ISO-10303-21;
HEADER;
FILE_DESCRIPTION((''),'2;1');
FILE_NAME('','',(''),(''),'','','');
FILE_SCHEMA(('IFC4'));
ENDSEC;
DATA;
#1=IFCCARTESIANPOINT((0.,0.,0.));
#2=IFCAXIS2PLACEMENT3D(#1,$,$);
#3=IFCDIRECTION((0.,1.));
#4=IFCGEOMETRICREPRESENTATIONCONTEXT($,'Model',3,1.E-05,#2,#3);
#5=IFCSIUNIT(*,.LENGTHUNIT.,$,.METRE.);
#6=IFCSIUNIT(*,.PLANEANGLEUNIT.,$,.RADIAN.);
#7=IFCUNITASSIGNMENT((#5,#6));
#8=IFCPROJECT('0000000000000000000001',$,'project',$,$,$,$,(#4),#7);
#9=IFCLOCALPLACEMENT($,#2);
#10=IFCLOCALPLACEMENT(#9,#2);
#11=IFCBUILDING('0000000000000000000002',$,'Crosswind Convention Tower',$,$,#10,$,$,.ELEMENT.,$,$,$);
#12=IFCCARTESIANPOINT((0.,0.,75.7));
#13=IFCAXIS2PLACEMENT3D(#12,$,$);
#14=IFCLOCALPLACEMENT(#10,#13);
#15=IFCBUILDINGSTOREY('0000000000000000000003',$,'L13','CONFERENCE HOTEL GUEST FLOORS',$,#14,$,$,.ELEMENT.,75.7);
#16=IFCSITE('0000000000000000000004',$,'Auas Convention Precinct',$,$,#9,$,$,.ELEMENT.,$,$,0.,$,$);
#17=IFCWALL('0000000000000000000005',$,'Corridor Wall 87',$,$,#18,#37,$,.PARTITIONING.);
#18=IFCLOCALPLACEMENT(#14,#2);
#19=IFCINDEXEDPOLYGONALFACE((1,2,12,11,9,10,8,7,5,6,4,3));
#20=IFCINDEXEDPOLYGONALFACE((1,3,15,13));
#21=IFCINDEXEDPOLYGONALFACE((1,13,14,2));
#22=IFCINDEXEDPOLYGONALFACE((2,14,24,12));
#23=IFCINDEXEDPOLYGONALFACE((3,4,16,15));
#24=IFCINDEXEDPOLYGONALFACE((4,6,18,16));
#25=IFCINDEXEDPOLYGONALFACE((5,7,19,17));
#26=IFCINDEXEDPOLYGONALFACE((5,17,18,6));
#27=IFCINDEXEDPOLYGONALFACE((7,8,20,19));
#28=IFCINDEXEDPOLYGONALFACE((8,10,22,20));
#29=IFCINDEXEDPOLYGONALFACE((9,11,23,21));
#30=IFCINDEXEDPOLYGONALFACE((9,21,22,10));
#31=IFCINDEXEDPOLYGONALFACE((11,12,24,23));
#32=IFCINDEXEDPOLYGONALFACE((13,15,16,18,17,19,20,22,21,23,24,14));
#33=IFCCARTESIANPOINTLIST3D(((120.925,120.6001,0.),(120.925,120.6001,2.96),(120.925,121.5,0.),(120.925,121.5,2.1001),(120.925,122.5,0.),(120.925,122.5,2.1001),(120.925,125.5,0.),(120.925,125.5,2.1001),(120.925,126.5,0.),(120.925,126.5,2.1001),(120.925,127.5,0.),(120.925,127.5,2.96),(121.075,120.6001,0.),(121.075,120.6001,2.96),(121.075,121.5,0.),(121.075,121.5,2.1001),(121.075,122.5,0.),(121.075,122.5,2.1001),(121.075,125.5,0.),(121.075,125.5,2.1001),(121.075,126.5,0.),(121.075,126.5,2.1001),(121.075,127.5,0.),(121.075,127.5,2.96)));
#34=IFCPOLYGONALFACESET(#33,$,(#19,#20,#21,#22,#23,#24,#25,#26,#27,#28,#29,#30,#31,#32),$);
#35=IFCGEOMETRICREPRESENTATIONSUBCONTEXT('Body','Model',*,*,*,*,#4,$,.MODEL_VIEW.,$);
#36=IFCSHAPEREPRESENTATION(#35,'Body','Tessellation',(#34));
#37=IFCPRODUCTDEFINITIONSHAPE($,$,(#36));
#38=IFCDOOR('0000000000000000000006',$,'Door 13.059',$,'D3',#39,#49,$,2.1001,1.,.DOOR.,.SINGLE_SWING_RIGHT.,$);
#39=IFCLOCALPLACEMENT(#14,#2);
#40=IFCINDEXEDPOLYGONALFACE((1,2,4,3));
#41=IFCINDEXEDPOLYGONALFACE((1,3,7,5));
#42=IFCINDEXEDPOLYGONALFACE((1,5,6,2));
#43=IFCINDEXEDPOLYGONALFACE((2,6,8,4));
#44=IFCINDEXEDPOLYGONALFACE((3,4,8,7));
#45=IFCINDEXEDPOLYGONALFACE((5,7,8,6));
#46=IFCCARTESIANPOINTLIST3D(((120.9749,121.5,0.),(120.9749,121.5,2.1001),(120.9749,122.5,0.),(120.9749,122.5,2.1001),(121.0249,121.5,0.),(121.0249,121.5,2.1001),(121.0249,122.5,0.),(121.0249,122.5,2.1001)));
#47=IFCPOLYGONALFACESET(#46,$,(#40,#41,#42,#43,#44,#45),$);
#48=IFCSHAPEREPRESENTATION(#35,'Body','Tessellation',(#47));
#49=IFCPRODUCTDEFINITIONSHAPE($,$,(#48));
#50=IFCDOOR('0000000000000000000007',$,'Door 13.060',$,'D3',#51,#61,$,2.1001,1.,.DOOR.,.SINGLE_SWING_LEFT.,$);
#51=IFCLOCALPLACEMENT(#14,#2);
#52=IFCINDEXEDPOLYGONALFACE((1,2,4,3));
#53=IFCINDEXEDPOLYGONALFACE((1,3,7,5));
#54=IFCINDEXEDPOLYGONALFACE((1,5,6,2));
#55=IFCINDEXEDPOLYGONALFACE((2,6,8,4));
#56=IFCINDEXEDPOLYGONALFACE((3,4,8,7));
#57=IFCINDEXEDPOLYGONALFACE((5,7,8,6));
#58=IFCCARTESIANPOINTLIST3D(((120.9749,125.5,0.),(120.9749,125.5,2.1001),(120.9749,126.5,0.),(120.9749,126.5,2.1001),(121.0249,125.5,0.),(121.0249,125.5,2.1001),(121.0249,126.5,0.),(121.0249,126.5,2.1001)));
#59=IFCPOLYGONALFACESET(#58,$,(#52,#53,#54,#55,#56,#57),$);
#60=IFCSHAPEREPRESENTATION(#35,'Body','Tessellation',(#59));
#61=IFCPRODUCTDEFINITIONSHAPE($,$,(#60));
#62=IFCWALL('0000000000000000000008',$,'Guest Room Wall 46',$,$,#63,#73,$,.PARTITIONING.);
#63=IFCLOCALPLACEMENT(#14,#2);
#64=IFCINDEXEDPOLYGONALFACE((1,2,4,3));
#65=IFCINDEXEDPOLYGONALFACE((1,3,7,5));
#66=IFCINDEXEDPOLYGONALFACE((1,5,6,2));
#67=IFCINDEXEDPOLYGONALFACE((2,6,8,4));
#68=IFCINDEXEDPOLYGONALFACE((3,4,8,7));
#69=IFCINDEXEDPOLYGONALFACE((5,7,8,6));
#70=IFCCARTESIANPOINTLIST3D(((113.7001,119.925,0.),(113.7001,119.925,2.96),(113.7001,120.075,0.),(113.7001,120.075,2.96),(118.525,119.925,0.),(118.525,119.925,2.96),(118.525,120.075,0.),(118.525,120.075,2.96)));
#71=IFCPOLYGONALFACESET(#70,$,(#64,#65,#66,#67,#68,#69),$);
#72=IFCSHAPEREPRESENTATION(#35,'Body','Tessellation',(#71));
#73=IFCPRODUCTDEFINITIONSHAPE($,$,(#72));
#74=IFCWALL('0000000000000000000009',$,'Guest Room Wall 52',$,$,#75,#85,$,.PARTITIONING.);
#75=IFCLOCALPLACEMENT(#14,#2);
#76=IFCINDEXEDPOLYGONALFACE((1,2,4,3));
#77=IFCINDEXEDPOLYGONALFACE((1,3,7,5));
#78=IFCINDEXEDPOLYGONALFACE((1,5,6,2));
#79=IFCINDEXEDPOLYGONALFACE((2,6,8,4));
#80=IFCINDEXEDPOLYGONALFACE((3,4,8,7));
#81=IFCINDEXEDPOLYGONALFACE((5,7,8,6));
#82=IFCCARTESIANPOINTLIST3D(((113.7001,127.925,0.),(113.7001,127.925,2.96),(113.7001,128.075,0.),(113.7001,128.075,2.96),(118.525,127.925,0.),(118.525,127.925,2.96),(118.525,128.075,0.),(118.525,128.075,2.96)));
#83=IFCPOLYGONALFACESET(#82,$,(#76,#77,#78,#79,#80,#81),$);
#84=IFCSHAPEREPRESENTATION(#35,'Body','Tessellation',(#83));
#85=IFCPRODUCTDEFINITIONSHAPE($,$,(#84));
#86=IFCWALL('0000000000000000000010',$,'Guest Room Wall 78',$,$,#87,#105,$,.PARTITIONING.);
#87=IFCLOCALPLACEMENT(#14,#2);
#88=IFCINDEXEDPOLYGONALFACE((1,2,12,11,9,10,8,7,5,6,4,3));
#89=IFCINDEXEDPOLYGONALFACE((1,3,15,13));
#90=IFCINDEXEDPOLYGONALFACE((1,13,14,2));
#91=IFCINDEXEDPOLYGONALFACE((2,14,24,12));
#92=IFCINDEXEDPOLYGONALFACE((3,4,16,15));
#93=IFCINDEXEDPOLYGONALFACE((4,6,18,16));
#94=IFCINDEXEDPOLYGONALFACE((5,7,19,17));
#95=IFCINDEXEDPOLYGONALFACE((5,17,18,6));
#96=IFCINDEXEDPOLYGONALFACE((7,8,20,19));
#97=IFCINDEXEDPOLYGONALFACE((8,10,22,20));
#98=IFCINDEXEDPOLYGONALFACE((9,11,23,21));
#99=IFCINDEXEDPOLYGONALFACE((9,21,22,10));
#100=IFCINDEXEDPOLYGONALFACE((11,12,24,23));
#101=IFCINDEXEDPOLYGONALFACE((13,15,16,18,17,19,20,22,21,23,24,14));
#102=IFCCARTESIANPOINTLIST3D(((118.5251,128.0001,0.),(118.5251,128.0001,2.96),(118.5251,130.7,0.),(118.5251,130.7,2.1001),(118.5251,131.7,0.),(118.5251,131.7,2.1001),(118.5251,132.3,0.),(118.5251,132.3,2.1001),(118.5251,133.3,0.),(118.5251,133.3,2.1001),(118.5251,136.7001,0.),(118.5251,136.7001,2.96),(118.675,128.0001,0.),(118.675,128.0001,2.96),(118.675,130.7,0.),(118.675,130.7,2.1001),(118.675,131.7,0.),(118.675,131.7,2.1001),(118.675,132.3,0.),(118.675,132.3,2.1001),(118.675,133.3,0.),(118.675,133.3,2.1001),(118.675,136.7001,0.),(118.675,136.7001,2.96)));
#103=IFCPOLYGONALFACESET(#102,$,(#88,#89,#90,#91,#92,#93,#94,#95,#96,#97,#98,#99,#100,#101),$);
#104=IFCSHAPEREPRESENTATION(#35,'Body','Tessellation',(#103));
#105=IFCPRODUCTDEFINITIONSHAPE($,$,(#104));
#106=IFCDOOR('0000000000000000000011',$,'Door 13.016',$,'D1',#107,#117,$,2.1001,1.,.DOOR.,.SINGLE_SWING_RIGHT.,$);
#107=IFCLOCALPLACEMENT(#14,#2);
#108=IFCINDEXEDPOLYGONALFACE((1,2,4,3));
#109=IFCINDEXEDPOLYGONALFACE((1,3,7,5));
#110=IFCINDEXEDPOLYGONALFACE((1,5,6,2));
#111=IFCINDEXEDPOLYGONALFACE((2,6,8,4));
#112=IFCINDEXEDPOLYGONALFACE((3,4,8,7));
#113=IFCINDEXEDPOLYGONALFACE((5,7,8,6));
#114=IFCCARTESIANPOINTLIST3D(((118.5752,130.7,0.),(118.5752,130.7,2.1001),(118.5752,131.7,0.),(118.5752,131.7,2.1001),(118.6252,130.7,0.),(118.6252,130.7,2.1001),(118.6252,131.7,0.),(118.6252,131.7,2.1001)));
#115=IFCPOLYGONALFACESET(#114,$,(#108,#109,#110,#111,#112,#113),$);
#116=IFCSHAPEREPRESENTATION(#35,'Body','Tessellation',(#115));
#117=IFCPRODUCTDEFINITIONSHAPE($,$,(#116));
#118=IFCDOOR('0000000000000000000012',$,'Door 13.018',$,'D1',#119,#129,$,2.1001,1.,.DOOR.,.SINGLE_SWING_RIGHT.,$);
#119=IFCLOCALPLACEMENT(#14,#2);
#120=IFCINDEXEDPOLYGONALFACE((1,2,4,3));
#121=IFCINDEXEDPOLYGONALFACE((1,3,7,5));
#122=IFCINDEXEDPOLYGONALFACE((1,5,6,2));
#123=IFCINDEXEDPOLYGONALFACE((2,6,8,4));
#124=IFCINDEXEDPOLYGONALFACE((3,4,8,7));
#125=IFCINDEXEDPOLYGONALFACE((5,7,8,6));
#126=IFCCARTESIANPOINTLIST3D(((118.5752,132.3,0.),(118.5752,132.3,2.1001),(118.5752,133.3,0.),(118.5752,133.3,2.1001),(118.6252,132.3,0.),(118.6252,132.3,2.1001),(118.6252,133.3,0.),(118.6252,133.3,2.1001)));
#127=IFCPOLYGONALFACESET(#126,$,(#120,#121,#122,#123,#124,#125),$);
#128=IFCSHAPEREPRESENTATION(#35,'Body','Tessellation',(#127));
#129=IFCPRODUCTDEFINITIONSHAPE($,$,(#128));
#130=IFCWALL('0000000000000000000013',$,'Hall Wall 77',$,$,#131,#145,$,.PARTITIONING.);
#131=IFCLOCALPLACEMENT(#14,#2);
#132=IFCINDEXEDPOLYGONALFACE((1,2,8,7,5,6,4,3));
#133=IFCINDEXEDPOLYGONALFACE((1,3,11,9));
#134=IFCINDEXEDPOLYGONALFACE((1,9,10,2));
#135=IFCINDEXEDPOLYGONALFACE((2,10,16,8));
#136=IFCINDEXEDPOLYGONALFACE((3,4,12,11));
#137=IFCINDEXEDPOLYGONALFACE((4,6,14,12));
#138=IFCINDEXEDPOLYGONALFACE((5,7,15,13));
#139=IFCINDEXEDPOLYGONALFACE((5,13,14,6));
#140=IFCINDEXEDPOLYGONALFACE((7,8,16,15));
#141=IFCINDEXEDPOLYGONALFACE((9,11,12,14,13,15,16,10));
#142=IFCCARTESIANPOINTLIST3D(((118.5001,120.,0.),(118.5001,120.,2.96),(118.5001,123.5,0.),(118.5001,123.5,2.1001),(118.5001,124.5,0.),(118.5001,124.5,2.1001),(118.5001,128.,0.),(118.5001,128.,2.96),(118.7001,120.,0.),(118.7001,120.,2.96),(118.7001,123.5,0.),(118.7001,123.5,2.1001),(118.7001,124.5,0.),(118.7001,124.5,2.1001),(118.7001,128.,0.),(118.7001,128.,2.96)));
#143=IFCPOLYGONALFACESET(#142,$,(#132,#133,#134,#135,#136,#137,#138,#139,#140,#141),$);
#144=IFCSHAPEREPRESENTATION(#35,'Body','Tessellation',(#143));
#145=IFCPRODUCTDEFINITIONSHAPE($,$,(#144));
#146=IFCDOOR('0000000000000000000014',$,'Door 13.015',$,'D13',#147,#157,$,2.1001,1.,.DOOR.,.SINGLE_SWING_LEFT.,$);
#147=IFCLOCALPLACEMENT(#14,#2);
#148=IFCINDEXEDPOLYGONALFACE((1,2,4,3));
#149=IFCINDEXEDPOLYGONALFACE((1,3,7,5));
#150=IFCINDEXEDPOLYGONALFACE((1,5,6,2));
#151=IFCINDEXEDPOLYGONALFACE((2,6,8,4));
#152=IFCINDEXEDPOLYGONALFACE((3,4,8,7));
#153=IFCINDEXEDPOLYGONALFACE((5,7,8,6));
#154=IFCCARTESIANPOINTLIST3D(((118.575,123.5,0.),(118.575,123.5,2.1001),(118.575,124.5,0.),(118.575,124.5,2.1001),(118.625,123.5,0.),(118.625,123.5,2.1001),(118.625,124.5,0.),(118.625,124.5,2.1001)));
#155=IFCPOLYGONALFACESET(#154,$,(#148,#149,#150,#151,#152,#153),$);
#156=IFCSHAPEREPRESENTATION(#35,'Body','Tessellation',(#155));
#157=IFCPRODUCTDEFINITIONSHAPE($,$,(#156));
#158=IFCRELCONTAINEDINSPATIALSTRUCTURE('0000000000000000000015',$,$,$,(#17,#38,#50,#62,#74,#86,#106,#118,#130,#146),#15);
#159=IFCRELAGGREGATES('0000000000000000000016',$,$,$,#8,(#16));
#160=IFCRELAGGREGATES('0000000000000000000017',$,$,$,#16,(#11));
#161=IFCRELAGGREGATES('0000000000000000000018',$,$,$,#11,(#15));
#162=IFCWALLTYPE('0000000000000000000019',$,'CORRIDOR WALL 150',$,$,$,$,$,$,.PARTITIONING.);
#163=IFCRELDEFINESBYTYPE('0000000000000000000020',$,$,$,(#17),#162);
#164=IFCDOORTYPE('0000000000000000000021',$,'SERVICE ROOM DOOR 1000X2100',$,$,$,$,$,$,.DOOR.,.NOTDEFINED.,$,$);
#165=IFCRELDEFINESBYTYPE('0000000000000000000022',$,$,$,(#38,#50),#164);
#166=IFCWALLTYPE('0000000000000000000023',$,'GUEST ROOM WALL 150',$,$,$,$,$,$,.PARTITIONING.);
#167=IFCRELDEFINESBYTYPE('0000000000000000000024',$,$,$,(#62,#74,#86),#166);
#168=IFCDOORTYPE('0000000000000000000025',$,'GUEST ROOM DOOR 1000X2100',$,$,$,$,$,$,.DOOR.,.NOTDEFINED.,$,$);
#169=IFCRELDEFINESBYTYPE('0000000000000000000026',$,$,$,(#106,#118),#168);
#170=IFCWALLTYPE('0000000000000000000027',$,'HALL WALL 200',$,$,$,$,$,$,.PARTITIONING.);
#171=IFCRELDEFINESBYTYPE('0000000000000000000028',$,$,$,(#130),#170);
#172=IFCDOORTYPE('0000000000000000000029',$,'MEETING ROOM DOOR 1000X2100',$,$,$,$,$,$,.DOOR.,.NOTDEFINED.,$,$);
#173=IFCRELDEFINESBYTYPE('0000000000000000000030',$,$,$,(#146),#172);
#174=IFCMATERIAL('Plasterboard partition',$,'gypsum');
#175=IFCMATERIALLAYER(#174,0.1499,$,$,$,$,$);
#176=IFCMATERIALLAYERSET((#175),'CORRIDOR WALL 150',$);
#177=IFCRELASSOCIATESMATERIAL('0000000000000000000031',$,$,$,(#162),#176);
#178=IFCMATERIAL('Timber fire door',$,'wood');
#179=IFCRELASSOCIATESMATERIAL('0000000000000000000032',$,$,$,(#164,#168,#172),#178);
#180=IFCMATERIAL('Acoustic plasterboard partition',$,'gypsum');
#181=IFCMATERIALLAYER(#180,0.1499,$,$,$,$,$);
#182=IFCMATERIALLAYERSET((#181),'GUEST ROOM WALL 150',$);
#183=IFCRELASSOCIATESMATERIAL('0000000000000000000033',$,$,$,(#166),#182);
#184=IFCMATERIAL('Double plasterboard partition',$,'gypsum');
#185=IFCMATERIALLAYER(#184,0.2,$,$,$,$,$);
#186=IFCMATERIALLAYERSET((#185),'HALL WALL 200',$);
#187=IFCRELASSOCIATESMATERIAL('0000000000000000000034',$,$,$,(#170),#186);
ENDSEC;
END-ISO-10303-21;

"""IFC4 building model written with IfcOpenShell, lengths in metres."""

from ifc_helpers import new_model, si_unit, direction, frame, frame_2d, origin, place, context, subcontext, project, spatial, rectangle, extrude, material, layer, layer_set, type_object, element, fill, save


model = new_model("IFC4")

# Units and contexts
model_context = context("Model", 3, precision=1e-05, world=origin(), true_north=direction((0.0, 1.0)))
body_context = subcontext(model_context, "Body", "Model", "MODEL_VIEW")
ifc_project = project(units=[si_unit("LENGTHUNIT", "METRE"), si_unit("PLANEANGLEUNIT", "RADIAN")], contexts=[model_context])

# Site, building, storey
site_placement = place(None, origin())
site = spatial("IfcSite", under=ifc_project, at=site_placement, Name="Auas Convention Precinct", CompositionType="ELEMENT", RefElevation=0.0)
building_placement = place(site_placement, origin())
building = spatial("IfcBuilding", under=site, at=building_placement, Name="Crosswind Convention Tower", CompositionType="ELEMENT")
storey_placement = place(building_placement, frame((0.0, 0.0, 75.7)))
storey = spatial("IfcBuildingStorey", under=building, at=storey_placement, Name="L13", Description="CONFERENCE HOTEL GUEST FLOORS", CompositionType="ELEMENT", Elevation=75.7)

# Wall, openings, doors
ifc_material_1 = material(Name="Plasterboard partition", Category="gypsum")
ifc_layer_1 = layer(ifc_material_1, 0.1499)
ifc_layer_set_1 = layer_set([ifc_layer_1], Name="CORRIDOR WALL 150")
wall_type_1 = type_object("IfcWallType", Name="CORRIDOR WALL 150", PredefinedType="PARTITIONING", material=ifc_layer_set_1)
wall_1_placement = place(storey_placement, frame((121.0, 120.6001, 0.0), z_axis=(0.0, 0.0, 1.0), x_axis=(0.0, 1.0, 0.0)))
wall_1 = element("IfcWall", 1, at=wall_1_placement, inside=storey, type_object=wall_type_1, Name="Corridor Wall 87", PredefinedType="PARTITIONING", context=body_context, shape_type="SweptSolid", body=[
    extrude(rectangle(XDim=6.8999, YDim=0.1499, at=frame_2d((3.45, 0.0))), origin(), (0.0, 0.0, 1.0), 2.96),
])
opening_1_placement = place(wall_1_placement, frame((0.8999, 0.0, 0.0)))
opening_1 = element("IfcOpeningElement", 2, at=opening_1_placement, cuts=wall_1, PredefinedType="OPENING", context=body_context, shape_type="SweptSolid", body=[
    extrude(rectangle(XDim=1.0, YDim=2.1001, at=frame_2d((0.5, 1.05))), frame((0.0, 0.085, 0.0), z_axis=(0.0, -1.0, 0.0), x_axis=(1.0, 0.0, 0.0)), (0.0, 0.0, 1.0), 0.1699),
])
opening_2_placement = place(wall_1_placement, frame((4.8999, 0.0, 0.0)))
opening_2 = element("IfcOpeningElement", 3, at=opening_2_placement, cuts=wall_1, PredefinedType="OPENING", context=body_context, shape_type="SweptSolid", body=[
    extrude(rectangle(XDim=1.0, YDim=2.1001, at=frame_2d((0.5, 1.05))), frame((0.0, 0.085, 0.0), z_axis=(0.0, -1.0, 0.0), x_axis=(1.0, 0.0, 0.0)), (0.0, 0.0, 1.0), 0.1699),
])
ifc_material_2 = material(Name="Timber fire door", Category="wood")
door_type_1 = type_object("IfcDoorType", Name="SERVICE ROOM DOOR 1000X2100", OperationType="NOTDEFINED", PredefinedType="DOOR", material=ifc_material_2)
door_1_placement = place(opening_1_placement, frame((1.0, 0.0, 0.0), z_axis=(0.0, 0.0, 1.0), x_axis=(-1.0, 0.0, 0.0)))
door_1 = element("IfcDoor", 4, at=door_1_placement, inside=storey, type_object=door_type_1, Name="Door 13.059", ObjectType="D3", OperationType="SINGLE_SWING_RIGHT", OverallHeight=2.1001, OverallWidth=1.0, PredefinedType="DOOR", context=body_context, shape_type="SweptSolid", body=[
    extrude(rectangle(XDim=1.0, YDim=2.1001, at=frame_2d((0.5, 1.05))), frame((0.0, 0.0249, 0.0), z_axis=(0.0, -1.0, 0.0), x_axis=(1.0, 0.0, 0.0)), (0.0, 0.0, 1.0), 0.05),
])
fill(opening_1, door_1)
door_2_placement = place(opening_2_placement, frame((1.0, 0.0, 0.0), z_axis=(0.0, 0.0, 1.0), x_axis=(-1.0, 0.0, 0.0)))
door_2 = element("IfcDoor", 5, at=door_2_placement, inside=storey, type_object=door_type_1, Name="Door 13.060", ObjectType="D3", OperationType="SINGLE_SWING_LEFT", OverallHeight=2.1001, OverallWidth=1.0, PredefinedType="DOOR", context=body_context, shape_type="SweptSolid", body=[
    extrude(rectangle(XDim=1.0, YDim=2.1001, at=frame_2d((0.5, 1.05))), frame((0.0, 0.0249, 0.0), z_axis=(0.0, -1.0, 0.0), x_axis=(1.0, 0.0, 0.0)), (0.0, 0.0, 1.0), 0.05),
])
fill(opening_2, door_2)

# Walls
ifc_material_3 = material(Name="Acoustic plasterboard partition", Category="gypsum")
ifc_layer_2 = layer(ifc_material_3, 0.1499)
ifc_layer_set_2 = layer_set([ifc_layer_2], Name="GUEST ROOM WALL 150")
wall_type_2 = type_object("IfcWallType", Name="GUEST ROOM WALL 150", PredefinedType="PARTITIONING", material=ifc_layer_set_2)
for number, where, z_axis, x_axis, name in (
    (6, (113.7, 120.0, 0.0), (0.0, 0.0, 1.0), (1.0, 0.0, 0.0), "Guest Room Wall 46"),
    (7, (113.7, 128.0, 0.0), (0.0, 0.0, 1.0), (1.0, 0.0, 0.0), "Guest Room Wall 52"),
):
    element("IfcWall", number, at=place(storey_placement, frame(where, z_axis=z_axis, x_axis=x_axis)), inside=storey, type_object=wall_type_2, Name=name, PredefinedType="PARTITIONING", context=body_context, shape_type="SweptSolid", body=[
        extrude(rectangle(XDim=4.825, YDim=0.1499, at=frame_2d((2.4126, 0.0))), origin(), (0.0, 0.0, 1.0), 2.96),
    ])

# Wall, openings, doors
wall_2_placement = place(storey_placement, frame((118.6001, 128.0, 0.0), z_axis=(0.0, 0.0, 1.0), x_axis=(0.0, 1.0, 0.0)))
wall_2 = element("IfcWall", 8, at=wall_2_placement, inside=storey, type_object=wall_type_2, Name="Guest Room Wall 78", PredefinedType="PARTITIONING", context=body_context, shape_type="SweptSolid", body=[
    extrude(rectangle(XDim=8.7, YDim=0.1499, at=frame_2d((4.3501, 0.0))), origin(), (0.0, 0.0, 1.0), 2.96),
])
opening_3_placement = place(wall_2_placement, frame((2.7, 0.0, 0.0)))
opening_3 = element("IfcOpeningElement", 9, at=opening_3_placement, cuts=wall_2, PredefinedType="OPENING", context=body_context, shape_type="SweptSolid", body=[
    extrude(rectangle(XDim=1.0, YDim=2.1001, at=frame_2d((0.5, 1.05))), frame((0.0, 0.085, 0.0), z_axis=(0.0, -1.0, 0.0), x_axis=(1.0, 0.0, 0.0)), (0.0, 0.0, 1.0), 0.1699),
])
opening_4_placement = place(wall_2_placement, frame((4.3, 0.0, 0.0)))
opening_4 = element("IfcOpeningElement", 10, at=opening_4_placement, cuts=wall_2, PredefinedType="OPENING", context=body_context, shape_type="SweptSolid", body=[
    extrude(rectangle(XDim=1.0, YDim=2.1001, at=frame_2d((0.5, 1.05))), frame((0.0, 0.085, 0.0), z_axis=(0.0, -1.0, 0.0), x_axis=(1.0, 0.0, 0.0)), (0.0, 0.0, 1.0), 0.1699),
])
door_type_2 = type_object("IfcDoorType", Name="GUEST ROOM DOOR 1000X2100", OperationType="NOTDEFINED", PredefinedType="DOOR", material=ifc_material_2)
door_3_placement = place(opening_3_placement, origin())
door_3 = element("IfcDoor", 11, at=door_3_placement, inside=storey, type_object=door_type_2, Name="Door 13.016", ObjectType="D1", OperationType="SINGLE_SWING_RIGHT", OverallHeight=2.1001, OverallWidth=1.0, PredefinedType="DOOR", context=body_context, shape_type="SweptSolid", body=[
    extrude(rectangle(XDim=1.0, YDim=2.1001, at=frame_2d((0.5, 1.05))), frame((0.0, 0.0249, 0.0), z_axis=(0.0, -1.0, 0.0), x_axis=(1.0, 0.0, 0.0)), (0.0, 0.0, 1.0), 0.05),
])
fill(opening_3, door_3)
door_4_placement = place(opening_4_placement, origin())
door_4 = element("IfcDoor", 12, at=door_4_placement, inside=storey, type_object=door_type_2, Name="Door 13.018", ObjectType="D1", OperationType="SINGLE_SWING_RIGHT", OverallHeight=2.1001, OverallWidth=1.0, PredefinedType="DOOR", context=body_context, shape_type="SweptSolid", body=[
    extrude(rectangle(XDim=1.0, YDim=2.1001, at=frame_2d((0.5, 1.05))), frame((0.0, 0.0249, 0.0), z_axis=(0.0, -1.0, 0.0), x_axis=(1.0, 0.0, 0.0)), (0.0, 0.0, 1.0), 0.05),
])
fill(opening_4, door_4)

# Wall, opening, door
ifc_material_4 = material(Name="Double plasterboard partition", Category="gypsum")
ifc_layer_3 = layer(ifc_material_4, 0.2)
ifc_layer_set_3 = layer_set([ifc_layer_3], Name="HALL WALL 200")
wall_type_3 = type_object("IfcWallType", Name="HALL WALL 200", PredefinedType="PARTITIONING", material=ifc_layer_set_3)
wall_3_placement = place(storey_placement, frame((118.6001, 120.0, 0.0), z_axis=(0.0, 0.0, 1.0), x_axis=(0.0, 1.0, 0.0)))
wall_3 = element("IfcWall", 13, at=wall_3_placement, inside=storey, type_object=wall_type_3, Name="Hall Wall 77", PredefinedType="PARTITIONING", context=body_context, shape_type="SweptSolid", body=[
    extrude(rectangle(XDim=8.0, YDim=0.2, at=frame_2d((4.0, 0.0))), origin(), (0.0, 0.0, 1.0), 2.96),
])
opening_5_placement = place(wall_3_placement, frame((3.5, 0.0, 0.0)))
opening_5 = element("IfcOpeningElement", 14, at=opening_5_placement, cuts=wall_3, PredefinedType="OPENING", context=body_context, shape_type="SweptSolid", body=[
    extrude(rectangle(XDim=1.0, YDim=2.1001, at=frame_2d((0.5, 1.05))), frame((0.0, 0.1099, 0.0), z_axis=(0.0, -1.0, 0.0), x_axis=(1.0, 0.0, 0.0)), (0.0, 0.0, 1.0), 0.22),
])
door_type_3 = type_object("IfcDoorType", Name="MEETING ROOM DOOR 1000X2100", OperationType="NOTDEFINED", PredefinedType="DOOR", material=ifc_material_2)
door_5_placement = place(opening_5_placement, frame((1.0, 0.0, 0.0), z_axis=(0.0, 0.0, 1.0), x_axis=(-1.0, 0.0, 0.0)))
door_5 = element("IfcDoor", 15, at=door_5_placement, inside=storey, type_object=door_type_3, Name="Door 13.015", ObjectType="D13", OperationType="SINGLE_SWING_LEFT", OverallHeight=2.1001, OverallWidth=1.0, PredefinedType="DOOR", context=body_context, shape_type="SweptSolid", body=[
    extrude(rectangle(XDim=1.0, YDim=2.1001, at=frame_2d((0.5, 1.05))), frame((0.0, 0.0249, 0.0), z_axis=(0.0, -1.0, 0.0), x_axis=(1.0, 0.0, 0.0)), (0.0, 0.0, 1.0), 0.05),
])
fill(opening_5, door_5)

save(model, "model.ifc")
